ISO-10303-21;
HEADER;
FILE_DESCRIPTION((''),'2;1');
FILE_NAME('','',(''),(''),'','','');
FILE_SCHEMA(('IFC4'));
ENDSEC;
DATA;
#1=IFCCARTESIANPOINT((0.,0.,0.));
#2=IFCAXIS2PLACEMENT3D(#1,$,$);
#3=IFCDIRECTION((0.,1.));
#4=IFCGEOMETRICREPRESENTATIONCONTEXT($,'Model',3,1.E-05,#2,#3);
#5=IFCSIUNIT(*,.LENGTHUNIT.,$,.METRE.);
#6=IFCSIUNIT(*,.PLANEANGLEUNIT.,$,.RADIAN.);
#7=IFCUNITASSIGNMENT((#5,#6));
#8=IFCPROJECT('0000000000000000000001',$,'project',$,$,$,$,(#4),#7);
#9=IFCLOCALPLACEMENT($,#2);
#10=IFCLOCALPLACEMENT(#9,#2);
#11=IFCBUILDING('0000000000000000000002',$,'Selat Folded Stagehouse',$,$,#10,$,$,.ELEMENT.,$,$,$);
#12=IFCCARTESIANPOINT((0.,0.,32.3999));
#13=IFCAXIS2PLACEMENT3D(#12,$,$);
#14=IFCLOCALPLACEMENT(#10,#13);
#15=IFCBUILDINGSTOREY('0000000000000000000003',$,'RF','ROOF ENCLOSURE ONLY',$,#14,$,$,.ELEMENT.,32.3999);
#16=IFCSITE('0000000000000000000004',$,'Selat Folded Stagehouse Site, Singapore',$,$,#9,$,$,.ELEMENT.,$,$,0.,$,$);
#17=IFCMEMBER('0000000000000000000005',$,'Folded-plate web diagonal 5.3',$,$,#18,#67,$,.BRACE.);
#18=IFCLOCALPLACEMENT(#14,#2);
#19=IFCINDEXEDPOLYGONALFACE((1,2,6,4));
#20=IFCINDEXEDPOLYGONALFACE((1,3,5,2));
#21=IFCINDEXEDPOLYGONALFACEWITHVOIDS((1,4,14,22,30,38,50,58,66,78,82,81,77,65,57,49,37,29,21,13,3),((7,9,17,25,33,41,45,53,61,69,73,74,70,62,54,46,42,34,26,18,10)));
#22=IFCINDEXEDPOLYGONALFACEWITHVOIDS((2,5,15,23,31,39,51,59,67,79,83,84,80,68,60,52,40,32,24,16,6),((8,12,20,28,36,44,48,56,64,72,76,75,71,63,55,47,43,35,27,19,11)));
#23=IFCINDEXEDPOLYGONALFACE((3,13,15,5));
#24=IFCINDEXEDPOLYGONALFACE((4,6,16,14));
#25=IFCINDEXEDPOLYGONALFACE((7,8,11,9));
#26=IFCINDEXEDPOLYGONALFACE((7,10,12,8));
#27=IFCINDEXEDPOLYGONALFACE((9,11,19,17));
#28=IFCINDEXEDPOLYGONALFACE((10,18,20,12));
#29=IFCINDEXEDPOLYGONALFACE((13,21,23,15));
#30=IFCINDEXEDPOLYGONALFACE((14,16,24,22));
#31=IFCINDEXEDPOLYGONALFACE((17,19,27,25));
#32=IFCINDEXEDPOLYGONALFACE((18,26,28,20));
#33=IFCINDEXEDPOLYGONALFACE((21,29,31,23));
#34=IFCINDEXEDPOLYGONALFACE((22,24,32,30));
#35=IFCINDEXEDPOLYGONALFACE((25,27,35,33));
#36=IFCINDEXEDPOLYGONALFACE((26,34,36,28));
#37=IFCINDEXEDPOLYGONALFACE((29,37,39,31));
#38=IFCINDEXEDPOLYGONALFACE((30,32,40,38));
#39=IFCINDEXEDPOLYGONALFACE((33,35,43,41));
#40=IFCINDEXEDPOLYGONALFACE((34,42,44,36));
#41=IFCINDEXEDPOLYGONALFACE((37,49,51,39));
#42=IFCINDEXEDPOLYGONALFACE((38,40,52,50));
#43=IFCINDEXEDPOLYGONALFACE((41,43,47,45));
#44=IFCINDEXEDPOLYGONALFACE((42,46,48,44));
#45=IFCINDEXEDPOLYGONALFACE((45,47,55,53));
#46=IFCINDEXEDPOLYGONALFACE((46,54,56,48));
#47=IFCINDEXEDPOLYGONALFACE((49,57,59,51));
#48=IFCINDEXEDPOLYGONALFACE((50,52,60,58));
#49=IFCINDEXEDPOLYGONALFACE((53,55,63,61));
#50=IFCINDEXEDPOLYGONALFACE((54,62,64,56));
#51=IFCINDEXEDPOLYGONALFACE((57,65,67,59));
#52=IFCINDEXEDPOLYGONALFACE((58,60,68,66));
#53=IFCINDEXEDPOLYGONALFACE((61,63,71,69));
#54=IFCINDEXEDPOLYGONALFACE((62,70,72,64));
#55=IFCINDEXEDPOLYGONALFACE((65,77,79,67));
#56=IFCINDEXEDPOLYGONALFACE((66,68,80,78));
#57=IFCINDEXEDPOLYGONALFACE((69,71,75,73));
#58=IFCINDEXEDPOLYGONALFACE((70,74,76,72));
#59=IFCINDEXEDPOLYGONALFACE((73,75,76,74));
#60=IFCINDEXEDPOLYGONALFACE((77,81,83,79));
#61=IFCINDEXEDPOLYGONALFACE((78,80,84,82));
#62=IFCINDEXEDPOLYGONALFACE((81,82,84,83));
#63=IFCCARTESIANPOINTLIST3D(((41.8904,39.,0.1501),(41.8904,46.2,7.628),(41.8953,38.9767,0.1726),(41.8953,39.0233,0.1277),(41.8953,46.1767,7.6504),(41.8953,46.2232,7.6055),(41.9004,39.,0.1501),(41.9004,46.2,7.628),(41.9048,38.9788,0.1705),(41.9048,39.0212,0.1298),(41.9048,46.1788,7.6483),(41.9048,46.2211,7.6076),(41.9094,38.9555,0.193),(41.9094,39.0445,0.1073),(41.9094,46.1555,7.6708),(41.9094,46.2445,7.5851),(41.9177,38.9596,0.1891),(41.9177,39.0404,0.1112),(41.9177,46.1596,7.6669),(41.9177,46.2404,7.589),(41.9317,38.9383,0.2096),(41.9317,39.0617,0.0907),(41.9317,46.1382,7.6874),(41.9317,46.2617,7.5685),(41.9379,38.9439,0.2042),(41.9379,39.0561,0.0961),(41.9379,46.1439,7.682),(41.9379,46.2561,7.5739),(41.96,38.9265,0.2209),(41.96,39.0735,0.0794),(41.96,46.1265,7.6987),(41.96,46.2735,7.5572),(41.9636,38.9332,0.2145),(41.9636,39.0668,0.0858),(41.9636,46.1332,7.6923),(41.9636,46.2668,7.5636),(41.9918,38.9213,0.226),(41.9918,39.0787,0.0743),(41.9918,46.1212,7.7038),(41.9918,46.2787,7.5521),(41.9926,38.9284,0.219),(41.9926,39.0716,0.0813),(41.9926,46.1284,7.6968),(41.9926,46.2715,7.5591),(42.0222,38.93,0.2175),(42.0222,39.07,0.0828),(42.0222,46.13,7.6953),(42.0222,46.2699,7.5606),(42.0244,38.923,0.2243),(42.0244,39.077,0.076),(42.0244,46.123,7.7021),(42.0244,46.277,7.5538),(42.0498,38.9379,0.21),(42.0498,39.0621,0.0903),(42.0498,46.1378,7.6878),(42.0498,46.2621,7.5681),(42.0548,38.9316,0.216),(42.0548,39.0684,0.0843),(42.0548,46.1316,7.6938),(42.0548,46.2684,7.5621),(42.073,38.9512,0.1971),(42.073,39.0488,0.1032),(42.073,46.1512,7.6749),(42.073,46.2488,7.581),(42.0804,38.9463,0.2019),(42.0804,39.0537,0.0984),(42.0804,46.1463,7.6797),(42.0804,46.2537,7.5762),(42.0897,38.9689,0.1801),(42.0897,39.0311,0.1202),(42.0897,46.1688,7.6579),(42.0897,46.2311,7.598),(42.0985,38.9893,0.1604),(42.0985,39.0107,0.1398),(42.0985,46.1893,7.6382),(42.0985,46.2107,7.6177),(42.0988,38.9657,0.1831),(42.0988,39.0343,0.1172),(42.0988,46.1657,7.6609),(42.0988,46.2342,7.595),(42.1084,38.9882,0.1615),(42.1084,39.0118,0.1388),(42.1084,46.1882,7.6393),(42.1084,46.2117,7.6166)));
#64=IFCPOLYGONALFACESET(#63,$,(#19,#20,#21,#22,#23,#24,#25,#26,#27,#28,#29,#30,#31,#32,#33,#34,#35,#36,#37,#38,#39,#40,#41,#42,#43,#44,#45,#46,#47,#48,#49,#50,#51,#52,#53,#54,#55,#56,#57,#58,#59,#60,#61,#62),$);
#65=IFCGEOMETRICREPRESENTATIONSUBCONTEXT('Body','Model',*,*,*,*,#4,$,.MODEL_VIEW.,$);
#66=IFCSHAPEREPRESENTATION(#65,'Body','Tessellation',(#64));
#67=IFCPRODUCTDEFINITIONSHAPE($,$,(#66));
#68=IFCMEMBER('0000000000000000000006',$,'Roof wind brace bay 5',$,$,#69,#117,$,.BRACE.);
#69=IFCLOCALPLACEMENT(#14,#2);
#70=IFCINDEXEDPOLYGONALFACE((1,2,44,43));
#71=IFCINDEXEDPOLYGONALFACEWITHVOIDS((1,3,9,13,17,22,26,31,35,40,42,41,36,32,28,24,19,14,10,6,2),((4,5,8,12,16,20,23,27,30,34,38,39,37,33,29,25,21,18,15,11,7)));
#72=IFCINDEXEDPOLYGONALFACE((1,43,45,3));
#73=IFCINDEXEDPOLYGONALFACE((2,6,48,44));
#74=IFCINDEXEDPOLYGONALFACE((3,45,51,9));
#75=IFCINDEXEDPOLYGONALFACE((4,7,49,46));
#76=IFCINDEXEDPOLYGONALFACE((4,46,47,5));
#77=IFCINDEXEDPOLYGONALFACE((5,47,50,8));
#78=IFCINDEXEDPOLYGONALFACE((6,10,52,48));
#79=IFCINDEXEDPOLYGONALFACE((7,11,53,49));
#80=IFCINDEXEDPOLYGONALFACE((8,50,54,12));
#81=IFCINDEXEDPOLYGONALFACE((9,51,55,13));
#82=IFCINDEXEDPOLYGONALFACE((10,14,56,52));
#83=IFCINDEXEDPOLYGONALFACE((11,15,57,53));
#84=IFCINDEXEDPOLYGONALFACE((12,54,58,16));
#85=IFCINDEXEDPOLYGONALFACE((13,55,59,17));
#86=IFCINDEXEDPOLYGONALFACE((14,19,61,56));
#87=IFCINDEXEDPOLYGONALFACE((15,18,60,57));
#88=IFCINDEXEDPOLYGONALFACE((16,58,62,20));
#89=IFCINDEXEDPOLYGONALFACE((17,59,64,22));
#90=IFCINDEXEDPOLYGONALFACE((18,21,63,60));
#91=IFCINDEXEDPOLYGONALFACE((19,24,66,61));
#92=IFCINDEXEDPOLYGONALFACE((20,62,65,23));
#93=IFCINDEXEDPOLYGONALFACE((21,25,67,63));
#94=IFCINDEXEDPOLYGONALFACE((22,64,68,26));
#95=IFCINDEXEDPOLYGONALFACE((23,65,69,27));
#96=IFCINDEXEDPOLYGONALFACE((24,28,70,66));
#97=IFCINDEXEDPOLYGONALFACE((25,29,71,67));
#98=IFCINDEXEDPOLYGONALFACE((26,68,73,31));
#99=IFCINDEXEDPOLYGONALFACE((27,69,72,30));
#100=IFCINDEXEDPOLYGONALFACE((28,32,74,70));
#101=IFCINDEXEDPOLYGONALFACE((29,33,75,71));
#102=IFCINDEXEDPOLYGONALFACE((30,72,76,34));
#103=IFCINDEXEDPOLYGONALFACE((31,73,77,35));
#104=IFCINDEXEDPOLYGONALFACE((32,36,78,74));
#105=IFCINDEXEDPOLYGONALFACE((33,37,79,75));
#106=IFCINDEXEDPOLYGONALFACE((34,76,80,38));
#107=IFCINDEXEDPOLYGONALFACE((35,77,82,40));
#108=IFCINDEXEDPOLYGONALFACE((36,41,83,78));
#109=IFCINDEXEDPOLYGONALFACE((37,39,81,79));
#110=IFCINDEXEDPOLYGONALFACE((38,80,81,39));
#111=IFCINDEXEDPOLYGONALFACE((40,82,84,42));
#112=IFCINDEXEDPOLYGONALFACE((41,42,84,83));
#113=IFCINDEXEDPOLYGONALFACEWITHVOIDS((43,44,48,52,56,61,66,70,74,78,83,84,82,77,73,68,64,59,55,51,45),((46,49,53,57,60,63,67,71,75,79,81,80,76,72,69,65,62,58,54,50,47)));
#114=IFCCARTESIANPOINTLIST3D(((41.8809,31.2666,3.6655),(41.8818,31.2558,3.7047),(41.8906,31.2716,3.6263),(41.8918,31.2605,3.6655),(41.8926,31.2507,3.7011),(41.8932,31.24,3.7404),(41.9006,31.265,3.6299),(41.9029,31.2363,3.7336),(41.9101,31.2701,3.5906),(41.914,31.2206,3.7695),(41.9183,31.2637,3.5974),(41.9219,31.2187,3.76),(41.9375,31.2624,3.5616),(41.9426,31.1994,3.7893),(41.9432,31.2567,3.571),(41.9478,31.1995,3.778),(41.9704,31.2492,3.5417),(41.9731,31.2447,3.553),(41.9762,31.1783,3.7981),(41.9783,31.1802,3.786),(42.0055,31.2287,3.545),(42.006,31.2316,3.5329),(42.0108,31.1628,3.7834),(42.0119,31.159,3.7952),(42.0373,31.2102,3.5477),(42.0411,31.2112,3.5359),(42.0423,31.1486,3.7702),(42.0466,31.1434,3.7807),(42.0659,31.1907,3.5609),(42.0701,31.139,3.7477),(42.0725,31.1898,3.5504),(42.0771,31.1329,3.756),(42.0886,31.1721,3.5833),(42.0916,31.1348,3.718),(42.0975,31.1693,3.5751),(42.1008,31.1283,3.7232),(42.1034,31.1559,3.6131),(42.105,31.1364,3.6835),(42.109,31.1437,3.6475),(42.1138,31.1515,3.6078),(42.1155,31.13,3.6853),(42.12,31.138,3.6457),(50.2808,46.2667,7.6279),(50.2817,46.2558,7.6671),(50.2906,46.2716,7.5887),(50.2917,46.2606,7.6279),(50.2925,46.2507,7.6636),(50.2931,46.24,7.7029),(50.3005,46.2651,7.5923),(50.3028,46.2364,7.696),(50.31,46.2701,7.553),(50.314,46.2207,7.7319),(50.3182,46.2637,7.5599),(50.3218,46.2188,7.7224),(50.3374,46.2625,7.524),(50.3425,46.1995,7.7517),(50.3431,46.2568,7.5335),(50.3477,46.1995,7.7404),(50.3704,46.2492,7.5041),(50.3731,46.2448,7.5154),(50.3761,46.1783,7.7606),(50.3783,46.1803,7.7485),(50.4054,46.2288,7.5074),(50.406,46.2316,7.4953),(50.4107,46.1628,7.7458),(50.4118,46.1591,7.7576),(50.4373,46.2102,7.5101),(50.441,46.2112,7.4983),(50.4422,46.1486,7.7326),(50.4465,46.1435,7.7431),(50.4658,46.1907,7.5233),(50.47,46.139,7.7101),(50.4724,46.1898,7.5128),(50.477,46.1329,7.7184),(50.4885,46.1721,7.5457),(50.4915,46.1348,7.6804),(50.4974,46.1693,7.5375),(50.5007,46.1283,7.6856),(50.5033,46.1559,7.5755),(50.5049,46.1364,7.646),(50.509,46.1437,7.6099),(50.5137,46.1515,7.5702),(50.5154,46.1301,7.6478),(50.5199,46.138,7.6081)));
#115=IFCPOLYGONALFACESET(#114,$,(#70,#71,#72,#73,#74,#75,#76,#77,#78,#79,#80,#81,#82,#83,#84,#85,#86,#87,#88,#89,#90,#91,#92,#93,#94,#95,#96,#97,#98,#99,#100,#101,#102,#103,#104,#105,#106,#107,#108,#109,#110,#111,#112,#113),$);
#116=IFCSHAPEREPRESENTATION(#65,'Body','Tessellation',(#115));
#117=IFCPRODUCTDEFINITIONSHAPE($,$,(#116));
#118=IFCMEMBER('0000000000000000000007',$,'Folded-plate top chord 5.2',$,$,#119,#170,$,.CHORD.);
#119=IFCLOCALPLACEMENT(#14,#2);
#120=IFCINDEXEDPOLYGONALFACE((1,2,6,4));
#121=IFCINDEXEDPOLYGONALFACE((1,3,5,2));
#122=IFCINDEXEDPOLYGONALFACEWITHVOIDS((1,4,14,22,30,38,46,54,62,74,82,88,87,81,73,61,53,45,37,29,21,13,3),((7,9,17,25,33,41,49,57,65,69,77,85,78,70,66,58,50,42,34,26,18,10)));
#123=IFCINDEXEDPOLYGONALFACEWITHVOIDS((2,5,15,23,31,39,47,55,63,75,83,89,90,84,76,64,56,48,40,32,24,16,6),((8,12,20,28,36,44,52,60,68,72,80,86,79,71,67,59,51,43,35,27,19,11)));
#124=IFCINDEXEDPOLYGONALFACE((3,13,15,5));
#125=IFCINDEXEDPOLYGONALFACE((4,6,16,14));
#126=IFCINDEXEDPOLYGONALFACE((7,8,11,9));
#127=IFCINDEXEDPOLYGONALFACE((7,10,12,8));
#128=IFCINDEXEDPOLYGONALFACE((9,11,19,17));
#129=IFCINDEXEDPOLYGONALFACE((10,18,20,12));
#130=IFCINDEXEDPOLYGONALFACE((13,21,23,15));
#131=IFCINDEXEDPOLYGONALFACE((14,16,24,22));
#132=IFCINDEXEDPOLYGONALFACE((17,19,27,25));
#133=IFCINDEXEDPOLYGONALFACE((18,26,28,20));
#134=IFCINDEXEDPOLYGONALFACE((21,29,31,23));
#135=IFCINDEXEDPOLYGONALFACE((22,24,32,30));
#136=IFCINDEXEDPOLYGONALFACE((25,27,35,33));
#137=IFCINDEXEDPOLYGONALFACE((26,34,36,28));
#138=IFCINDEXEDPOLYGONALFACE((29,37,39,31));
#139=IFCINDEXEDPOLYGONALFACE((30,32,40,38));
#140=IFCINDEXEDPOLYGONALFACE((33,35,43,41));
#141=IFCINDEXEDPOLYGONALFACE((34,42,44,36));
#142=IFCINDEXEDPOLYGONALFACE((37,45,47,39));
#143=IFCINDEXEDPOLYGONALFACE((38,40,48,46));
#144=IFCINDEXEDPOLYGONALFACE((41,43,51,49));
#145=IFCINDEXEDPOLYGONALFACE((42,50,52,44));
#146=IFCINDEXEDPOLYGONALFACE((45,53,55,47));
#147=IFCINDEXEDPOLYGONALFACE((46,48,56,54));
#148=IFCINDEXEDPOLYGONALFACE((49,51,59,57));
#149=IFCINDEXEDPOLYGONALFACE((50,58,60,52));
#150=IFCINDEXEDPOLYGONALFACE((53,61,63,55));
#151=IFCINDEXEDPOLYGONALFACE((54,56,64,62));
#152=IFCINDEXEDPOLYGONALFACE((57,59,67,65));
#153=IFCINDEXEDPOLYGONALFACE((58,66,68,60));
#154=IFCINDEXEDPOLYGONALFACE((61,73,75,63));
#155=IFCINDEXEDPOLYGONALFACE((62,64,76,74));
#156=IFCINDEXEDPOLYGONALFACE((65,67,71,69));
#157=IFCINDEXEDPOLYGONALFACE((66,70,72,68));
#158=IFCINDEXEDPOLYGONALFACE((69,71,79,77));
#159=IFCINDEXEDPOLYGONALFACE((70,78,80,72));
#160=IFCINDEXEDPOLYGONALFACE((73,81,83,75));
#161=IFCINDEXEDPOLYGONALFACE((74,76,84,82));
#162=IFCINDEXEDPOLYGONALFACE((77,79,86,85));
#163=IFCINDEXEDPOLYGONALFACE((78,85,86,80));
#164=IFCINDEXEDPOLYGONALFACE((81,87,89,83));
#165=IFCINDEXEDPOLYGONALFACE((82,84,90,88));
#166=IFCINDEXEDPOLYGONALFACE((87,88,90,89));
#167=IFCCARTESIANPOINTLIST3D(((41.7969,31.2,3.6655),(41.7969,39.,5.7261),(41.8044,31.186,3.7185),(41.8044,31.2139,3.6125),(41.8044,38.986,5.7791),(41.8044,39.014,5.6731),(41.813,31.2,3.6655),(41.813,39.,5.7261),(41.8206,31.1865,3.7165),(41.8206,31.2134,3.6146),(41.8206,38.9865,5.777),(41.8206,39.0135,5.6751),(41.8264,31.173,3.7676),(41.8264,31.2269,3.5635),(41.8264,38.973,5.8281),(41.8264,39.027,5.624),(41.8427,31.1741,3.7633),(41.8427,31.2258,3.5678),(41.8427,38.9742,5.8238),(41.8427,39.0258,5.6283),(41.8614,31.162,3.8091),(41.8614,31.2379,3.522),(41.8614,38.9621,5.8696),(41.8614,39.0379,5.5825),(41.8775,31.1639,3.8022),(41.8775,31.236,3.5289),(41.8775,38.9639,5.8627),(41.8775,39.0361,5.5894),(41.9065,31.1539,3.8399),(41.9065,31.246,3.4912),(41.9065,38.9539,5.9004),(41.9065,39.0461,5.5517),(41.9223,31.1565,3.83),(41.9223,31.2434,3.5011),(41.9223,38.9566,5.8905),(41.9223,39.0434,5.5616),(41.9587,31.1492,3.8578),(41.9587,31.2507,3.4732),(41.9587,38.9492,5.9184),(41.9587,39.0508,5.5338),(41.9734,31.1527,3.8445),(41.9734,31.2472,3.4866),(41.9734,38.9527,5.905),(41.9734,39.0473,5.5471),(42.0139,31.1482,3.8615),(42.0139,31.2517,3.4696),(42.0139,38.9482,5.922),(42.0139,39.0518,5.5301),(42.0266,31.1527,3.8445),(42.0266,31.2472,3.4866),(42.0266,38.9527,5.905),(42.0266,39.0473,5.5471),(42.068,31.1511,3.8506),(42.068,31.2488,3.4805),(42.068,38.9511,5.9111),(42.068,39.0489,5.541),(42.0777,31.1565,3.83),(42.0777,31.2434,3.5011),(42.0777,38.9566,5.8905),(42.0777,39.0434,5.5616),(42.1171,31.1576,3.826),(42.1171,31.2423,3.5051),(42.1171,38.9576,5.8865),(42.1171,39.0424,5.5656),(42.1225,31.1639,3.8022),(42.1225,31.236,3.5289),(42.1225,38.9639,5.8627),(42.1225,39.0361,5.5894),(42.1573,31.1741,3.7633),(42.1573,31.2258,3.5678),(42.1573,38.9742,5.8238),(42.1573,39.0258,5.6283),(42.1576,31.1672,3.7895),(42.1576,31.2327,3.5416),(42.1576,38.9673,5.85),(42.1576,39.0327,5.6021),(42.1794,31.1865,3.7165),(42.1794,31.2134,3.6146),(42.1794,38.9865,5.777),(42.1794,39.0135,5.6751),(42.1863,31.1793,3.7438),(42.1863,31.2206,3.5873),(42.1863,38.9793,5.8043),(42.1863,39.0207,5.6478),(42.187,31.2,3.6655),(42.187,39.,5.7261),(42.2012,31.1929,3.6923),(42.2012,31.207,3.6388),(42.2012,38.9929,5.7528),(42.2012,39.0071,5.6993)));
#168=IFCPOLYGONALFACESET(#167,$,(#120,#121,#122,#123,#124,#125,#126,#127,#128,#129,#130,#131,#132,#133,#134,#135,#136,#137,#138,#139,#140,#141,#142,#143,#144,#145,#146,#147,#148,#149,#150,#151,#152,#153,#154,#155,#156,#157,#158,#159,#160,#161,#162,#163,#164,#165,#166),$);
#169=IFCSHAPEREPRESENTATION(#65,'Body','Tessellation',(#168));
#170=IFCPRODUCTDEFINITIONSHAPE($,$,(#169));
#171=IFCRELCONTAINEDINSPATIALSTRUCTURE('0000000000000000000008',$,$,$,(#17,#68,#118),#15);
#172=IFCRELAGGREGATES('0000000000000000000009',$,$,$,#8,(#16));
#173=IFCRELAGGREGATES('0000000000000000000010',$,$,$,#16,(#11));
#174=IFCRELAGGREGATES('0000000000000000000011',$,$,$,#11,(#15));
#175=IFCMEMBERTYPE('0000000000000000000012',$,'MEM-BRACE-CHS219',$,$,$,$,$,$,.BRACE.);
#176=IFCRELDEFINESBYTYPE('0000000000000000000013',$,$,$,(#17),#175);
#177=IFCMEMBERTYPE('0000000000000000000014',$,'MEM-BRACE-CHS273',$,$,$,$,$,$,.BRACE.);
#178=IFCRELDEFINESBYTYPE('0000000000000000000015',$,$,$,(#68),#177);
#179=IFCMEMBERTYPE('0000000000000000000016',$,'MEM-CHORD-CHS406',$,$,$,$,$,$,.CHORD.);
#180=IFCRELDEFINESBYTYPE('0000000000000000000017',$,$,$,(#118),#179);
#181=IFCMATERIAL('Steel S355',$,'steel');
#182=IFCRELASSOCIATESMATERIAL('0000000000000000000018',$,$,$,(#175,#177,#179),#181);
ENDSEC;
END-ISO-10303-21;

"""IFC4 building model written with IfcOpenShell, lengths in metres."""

from ifc_helpers import new_model, si_unit, direction, frame, origin, origin_2d, place, context, subcontext, project, spatial, hollow_circle, extrude, material, material_profile, profile_set, type_object, element, save


model = new_model("IFC4")

# Units and contexts
model_context = context("Model", 3, precision=1e-05, world=origin(), true_north=direction((0.0, 1.0)))
body_context = subcontext(model_context, "Body", "Model", "MODEL_VIEW")
ifc_project = project(units=[si_unit("LENGTHUNIT", "METRE"), si_unit("PLANEANGLEUNIT", "RADIAN")], contexts=[model_context])

# Site, building, storey
site_placement = place(None, origin())
site = spatial("IfcSite", under=ifc_project, at=site_placement, Name="Selat Folded Stagehouse Site, Singapore", CompositionType="ELEMENT", RefElevation=0.0)
building_placement = place(site_placement, origin())
building = spatial("IfcBuilding", under=site, at=building_placement, Name="Selat Folded Stagehouse", CompositionType="ELEMENT")
storey_placement = place(building_placement, frame((0.0, 0.0, 32.3999)))
storey = spatial("IfcBuildingStorey", under=building, at=storey_placement, Name="RF", Description="ROOF ENCLOSURE ONLY", CompositionType="ELEMENT", Elevation=32.3999)

# Shared definitions
ifc_material_1 = material(Name="Steel S355", Category="steel")

# Members
ifc_material_profile_1 = material_profile(ifc_material_1, hollow_circle(Radius=0.1096, WallThickness=0.01, at=origin_2d()), Name="CHS 219.1x10.0")
ifc_profile_set_1 = profile_set([ifc_material_profile_1], Name="Steel S355")
member_type_1 = type_object("IfcMemberType", Name="MEM-BRACE-CHS219", PredefinedType="BRACE", material=ifc_profile_set_1)
member_1_placement = place(storey_placement, frame((42.0, 39.0, 0.1501), z_axis=(0.0, 0.693598, 0.720362), x_axis=(-1.0, 0.0, 0.0)))
element("IfcMember", 1, at=member_1_placement, inside=storey, type_object=member_type_1, Name="Folded-plate web diagonal 5.3", PredefinedType="BRACE", context=body_context, shape_type="SweptSolid", body=[
    extrude(hollow_circle(Radius=0.1096, WallThickness=0.01, at=origin_2d()), origin(), (0.0, 0.0, 1.0), 10.3806),
])
ifc_material_profile_2 = material_profile(ifc_material_1, hollow_circle(Radius=0.1365, WallThickness=0.0125, at=origin_2d()), Name="CHS 273.0x12.5")
ifc_profile_set_2 = profile_set([ifc_material_profile_2], Name="Steel S355")
member_type_2 = type_object("IfcMemberType", Name="MEM-BRACE-CHS273", PredefinedType="BRACE", material=ifc_profile_set_2)
member_2_placement = place(storey_placement, frame((42.0, 31.2, 3.6655), z_axis=(0.476117, 0.850218, 0.224594), x_axis=(-0.872508, 0.488599, 0.0)))
element("IfcMember", 2, at=member_2_placement, inside=storey, type_object=member_type_2, Name="Roof wind brace bay 5", PredefinedType="BRACE", context=body_context, shape_type="SweptSolid", body=[
    extrude(hollow_circle(Radius=0.1365, WallThickness=0.0125, at=origin_2d()), origin(), (0.0, 0.0, 1.0), 17.6426),
])
ifc_material_profile_3 = material_profile(ifc_material_1, hollow_circle(Radius=0.2031, WallThickness=0.0161, at=origin_2d()), Name="CHS 406.4x16.0")
ifc_profile_set_3 = profile_set([ifc_material_profile_3], Name="Steel S355")
member_type_3 = type_object("IfcMemberType", Name="MEM-CHORD-CHS406", PredefinedType="CHORD", material=ifc_profile_set_3)
member_3_placement = place(storey_placement, frame((42.0, 31.2, 3.6655), z_axis=(0.0, 0.966833, 0.255409), x_axis=(-1.0, 0.0, 0.0)))
element("IfcMember", 3, at=member_3_placement, inside=storey, type_object=member_type_3, Name="Folded-plate top chord 5.2", PredefinedType="CHORD", context=body_context, shape_type="SweptSolid", body=[
    extrude(hollow_circle(Radius=0.2031, WallThickness=0.0161, at=origin_2d()), origin(), (0.0, 0.0, 1.0), 8.0676),
])

save(model, "model.ifc")
